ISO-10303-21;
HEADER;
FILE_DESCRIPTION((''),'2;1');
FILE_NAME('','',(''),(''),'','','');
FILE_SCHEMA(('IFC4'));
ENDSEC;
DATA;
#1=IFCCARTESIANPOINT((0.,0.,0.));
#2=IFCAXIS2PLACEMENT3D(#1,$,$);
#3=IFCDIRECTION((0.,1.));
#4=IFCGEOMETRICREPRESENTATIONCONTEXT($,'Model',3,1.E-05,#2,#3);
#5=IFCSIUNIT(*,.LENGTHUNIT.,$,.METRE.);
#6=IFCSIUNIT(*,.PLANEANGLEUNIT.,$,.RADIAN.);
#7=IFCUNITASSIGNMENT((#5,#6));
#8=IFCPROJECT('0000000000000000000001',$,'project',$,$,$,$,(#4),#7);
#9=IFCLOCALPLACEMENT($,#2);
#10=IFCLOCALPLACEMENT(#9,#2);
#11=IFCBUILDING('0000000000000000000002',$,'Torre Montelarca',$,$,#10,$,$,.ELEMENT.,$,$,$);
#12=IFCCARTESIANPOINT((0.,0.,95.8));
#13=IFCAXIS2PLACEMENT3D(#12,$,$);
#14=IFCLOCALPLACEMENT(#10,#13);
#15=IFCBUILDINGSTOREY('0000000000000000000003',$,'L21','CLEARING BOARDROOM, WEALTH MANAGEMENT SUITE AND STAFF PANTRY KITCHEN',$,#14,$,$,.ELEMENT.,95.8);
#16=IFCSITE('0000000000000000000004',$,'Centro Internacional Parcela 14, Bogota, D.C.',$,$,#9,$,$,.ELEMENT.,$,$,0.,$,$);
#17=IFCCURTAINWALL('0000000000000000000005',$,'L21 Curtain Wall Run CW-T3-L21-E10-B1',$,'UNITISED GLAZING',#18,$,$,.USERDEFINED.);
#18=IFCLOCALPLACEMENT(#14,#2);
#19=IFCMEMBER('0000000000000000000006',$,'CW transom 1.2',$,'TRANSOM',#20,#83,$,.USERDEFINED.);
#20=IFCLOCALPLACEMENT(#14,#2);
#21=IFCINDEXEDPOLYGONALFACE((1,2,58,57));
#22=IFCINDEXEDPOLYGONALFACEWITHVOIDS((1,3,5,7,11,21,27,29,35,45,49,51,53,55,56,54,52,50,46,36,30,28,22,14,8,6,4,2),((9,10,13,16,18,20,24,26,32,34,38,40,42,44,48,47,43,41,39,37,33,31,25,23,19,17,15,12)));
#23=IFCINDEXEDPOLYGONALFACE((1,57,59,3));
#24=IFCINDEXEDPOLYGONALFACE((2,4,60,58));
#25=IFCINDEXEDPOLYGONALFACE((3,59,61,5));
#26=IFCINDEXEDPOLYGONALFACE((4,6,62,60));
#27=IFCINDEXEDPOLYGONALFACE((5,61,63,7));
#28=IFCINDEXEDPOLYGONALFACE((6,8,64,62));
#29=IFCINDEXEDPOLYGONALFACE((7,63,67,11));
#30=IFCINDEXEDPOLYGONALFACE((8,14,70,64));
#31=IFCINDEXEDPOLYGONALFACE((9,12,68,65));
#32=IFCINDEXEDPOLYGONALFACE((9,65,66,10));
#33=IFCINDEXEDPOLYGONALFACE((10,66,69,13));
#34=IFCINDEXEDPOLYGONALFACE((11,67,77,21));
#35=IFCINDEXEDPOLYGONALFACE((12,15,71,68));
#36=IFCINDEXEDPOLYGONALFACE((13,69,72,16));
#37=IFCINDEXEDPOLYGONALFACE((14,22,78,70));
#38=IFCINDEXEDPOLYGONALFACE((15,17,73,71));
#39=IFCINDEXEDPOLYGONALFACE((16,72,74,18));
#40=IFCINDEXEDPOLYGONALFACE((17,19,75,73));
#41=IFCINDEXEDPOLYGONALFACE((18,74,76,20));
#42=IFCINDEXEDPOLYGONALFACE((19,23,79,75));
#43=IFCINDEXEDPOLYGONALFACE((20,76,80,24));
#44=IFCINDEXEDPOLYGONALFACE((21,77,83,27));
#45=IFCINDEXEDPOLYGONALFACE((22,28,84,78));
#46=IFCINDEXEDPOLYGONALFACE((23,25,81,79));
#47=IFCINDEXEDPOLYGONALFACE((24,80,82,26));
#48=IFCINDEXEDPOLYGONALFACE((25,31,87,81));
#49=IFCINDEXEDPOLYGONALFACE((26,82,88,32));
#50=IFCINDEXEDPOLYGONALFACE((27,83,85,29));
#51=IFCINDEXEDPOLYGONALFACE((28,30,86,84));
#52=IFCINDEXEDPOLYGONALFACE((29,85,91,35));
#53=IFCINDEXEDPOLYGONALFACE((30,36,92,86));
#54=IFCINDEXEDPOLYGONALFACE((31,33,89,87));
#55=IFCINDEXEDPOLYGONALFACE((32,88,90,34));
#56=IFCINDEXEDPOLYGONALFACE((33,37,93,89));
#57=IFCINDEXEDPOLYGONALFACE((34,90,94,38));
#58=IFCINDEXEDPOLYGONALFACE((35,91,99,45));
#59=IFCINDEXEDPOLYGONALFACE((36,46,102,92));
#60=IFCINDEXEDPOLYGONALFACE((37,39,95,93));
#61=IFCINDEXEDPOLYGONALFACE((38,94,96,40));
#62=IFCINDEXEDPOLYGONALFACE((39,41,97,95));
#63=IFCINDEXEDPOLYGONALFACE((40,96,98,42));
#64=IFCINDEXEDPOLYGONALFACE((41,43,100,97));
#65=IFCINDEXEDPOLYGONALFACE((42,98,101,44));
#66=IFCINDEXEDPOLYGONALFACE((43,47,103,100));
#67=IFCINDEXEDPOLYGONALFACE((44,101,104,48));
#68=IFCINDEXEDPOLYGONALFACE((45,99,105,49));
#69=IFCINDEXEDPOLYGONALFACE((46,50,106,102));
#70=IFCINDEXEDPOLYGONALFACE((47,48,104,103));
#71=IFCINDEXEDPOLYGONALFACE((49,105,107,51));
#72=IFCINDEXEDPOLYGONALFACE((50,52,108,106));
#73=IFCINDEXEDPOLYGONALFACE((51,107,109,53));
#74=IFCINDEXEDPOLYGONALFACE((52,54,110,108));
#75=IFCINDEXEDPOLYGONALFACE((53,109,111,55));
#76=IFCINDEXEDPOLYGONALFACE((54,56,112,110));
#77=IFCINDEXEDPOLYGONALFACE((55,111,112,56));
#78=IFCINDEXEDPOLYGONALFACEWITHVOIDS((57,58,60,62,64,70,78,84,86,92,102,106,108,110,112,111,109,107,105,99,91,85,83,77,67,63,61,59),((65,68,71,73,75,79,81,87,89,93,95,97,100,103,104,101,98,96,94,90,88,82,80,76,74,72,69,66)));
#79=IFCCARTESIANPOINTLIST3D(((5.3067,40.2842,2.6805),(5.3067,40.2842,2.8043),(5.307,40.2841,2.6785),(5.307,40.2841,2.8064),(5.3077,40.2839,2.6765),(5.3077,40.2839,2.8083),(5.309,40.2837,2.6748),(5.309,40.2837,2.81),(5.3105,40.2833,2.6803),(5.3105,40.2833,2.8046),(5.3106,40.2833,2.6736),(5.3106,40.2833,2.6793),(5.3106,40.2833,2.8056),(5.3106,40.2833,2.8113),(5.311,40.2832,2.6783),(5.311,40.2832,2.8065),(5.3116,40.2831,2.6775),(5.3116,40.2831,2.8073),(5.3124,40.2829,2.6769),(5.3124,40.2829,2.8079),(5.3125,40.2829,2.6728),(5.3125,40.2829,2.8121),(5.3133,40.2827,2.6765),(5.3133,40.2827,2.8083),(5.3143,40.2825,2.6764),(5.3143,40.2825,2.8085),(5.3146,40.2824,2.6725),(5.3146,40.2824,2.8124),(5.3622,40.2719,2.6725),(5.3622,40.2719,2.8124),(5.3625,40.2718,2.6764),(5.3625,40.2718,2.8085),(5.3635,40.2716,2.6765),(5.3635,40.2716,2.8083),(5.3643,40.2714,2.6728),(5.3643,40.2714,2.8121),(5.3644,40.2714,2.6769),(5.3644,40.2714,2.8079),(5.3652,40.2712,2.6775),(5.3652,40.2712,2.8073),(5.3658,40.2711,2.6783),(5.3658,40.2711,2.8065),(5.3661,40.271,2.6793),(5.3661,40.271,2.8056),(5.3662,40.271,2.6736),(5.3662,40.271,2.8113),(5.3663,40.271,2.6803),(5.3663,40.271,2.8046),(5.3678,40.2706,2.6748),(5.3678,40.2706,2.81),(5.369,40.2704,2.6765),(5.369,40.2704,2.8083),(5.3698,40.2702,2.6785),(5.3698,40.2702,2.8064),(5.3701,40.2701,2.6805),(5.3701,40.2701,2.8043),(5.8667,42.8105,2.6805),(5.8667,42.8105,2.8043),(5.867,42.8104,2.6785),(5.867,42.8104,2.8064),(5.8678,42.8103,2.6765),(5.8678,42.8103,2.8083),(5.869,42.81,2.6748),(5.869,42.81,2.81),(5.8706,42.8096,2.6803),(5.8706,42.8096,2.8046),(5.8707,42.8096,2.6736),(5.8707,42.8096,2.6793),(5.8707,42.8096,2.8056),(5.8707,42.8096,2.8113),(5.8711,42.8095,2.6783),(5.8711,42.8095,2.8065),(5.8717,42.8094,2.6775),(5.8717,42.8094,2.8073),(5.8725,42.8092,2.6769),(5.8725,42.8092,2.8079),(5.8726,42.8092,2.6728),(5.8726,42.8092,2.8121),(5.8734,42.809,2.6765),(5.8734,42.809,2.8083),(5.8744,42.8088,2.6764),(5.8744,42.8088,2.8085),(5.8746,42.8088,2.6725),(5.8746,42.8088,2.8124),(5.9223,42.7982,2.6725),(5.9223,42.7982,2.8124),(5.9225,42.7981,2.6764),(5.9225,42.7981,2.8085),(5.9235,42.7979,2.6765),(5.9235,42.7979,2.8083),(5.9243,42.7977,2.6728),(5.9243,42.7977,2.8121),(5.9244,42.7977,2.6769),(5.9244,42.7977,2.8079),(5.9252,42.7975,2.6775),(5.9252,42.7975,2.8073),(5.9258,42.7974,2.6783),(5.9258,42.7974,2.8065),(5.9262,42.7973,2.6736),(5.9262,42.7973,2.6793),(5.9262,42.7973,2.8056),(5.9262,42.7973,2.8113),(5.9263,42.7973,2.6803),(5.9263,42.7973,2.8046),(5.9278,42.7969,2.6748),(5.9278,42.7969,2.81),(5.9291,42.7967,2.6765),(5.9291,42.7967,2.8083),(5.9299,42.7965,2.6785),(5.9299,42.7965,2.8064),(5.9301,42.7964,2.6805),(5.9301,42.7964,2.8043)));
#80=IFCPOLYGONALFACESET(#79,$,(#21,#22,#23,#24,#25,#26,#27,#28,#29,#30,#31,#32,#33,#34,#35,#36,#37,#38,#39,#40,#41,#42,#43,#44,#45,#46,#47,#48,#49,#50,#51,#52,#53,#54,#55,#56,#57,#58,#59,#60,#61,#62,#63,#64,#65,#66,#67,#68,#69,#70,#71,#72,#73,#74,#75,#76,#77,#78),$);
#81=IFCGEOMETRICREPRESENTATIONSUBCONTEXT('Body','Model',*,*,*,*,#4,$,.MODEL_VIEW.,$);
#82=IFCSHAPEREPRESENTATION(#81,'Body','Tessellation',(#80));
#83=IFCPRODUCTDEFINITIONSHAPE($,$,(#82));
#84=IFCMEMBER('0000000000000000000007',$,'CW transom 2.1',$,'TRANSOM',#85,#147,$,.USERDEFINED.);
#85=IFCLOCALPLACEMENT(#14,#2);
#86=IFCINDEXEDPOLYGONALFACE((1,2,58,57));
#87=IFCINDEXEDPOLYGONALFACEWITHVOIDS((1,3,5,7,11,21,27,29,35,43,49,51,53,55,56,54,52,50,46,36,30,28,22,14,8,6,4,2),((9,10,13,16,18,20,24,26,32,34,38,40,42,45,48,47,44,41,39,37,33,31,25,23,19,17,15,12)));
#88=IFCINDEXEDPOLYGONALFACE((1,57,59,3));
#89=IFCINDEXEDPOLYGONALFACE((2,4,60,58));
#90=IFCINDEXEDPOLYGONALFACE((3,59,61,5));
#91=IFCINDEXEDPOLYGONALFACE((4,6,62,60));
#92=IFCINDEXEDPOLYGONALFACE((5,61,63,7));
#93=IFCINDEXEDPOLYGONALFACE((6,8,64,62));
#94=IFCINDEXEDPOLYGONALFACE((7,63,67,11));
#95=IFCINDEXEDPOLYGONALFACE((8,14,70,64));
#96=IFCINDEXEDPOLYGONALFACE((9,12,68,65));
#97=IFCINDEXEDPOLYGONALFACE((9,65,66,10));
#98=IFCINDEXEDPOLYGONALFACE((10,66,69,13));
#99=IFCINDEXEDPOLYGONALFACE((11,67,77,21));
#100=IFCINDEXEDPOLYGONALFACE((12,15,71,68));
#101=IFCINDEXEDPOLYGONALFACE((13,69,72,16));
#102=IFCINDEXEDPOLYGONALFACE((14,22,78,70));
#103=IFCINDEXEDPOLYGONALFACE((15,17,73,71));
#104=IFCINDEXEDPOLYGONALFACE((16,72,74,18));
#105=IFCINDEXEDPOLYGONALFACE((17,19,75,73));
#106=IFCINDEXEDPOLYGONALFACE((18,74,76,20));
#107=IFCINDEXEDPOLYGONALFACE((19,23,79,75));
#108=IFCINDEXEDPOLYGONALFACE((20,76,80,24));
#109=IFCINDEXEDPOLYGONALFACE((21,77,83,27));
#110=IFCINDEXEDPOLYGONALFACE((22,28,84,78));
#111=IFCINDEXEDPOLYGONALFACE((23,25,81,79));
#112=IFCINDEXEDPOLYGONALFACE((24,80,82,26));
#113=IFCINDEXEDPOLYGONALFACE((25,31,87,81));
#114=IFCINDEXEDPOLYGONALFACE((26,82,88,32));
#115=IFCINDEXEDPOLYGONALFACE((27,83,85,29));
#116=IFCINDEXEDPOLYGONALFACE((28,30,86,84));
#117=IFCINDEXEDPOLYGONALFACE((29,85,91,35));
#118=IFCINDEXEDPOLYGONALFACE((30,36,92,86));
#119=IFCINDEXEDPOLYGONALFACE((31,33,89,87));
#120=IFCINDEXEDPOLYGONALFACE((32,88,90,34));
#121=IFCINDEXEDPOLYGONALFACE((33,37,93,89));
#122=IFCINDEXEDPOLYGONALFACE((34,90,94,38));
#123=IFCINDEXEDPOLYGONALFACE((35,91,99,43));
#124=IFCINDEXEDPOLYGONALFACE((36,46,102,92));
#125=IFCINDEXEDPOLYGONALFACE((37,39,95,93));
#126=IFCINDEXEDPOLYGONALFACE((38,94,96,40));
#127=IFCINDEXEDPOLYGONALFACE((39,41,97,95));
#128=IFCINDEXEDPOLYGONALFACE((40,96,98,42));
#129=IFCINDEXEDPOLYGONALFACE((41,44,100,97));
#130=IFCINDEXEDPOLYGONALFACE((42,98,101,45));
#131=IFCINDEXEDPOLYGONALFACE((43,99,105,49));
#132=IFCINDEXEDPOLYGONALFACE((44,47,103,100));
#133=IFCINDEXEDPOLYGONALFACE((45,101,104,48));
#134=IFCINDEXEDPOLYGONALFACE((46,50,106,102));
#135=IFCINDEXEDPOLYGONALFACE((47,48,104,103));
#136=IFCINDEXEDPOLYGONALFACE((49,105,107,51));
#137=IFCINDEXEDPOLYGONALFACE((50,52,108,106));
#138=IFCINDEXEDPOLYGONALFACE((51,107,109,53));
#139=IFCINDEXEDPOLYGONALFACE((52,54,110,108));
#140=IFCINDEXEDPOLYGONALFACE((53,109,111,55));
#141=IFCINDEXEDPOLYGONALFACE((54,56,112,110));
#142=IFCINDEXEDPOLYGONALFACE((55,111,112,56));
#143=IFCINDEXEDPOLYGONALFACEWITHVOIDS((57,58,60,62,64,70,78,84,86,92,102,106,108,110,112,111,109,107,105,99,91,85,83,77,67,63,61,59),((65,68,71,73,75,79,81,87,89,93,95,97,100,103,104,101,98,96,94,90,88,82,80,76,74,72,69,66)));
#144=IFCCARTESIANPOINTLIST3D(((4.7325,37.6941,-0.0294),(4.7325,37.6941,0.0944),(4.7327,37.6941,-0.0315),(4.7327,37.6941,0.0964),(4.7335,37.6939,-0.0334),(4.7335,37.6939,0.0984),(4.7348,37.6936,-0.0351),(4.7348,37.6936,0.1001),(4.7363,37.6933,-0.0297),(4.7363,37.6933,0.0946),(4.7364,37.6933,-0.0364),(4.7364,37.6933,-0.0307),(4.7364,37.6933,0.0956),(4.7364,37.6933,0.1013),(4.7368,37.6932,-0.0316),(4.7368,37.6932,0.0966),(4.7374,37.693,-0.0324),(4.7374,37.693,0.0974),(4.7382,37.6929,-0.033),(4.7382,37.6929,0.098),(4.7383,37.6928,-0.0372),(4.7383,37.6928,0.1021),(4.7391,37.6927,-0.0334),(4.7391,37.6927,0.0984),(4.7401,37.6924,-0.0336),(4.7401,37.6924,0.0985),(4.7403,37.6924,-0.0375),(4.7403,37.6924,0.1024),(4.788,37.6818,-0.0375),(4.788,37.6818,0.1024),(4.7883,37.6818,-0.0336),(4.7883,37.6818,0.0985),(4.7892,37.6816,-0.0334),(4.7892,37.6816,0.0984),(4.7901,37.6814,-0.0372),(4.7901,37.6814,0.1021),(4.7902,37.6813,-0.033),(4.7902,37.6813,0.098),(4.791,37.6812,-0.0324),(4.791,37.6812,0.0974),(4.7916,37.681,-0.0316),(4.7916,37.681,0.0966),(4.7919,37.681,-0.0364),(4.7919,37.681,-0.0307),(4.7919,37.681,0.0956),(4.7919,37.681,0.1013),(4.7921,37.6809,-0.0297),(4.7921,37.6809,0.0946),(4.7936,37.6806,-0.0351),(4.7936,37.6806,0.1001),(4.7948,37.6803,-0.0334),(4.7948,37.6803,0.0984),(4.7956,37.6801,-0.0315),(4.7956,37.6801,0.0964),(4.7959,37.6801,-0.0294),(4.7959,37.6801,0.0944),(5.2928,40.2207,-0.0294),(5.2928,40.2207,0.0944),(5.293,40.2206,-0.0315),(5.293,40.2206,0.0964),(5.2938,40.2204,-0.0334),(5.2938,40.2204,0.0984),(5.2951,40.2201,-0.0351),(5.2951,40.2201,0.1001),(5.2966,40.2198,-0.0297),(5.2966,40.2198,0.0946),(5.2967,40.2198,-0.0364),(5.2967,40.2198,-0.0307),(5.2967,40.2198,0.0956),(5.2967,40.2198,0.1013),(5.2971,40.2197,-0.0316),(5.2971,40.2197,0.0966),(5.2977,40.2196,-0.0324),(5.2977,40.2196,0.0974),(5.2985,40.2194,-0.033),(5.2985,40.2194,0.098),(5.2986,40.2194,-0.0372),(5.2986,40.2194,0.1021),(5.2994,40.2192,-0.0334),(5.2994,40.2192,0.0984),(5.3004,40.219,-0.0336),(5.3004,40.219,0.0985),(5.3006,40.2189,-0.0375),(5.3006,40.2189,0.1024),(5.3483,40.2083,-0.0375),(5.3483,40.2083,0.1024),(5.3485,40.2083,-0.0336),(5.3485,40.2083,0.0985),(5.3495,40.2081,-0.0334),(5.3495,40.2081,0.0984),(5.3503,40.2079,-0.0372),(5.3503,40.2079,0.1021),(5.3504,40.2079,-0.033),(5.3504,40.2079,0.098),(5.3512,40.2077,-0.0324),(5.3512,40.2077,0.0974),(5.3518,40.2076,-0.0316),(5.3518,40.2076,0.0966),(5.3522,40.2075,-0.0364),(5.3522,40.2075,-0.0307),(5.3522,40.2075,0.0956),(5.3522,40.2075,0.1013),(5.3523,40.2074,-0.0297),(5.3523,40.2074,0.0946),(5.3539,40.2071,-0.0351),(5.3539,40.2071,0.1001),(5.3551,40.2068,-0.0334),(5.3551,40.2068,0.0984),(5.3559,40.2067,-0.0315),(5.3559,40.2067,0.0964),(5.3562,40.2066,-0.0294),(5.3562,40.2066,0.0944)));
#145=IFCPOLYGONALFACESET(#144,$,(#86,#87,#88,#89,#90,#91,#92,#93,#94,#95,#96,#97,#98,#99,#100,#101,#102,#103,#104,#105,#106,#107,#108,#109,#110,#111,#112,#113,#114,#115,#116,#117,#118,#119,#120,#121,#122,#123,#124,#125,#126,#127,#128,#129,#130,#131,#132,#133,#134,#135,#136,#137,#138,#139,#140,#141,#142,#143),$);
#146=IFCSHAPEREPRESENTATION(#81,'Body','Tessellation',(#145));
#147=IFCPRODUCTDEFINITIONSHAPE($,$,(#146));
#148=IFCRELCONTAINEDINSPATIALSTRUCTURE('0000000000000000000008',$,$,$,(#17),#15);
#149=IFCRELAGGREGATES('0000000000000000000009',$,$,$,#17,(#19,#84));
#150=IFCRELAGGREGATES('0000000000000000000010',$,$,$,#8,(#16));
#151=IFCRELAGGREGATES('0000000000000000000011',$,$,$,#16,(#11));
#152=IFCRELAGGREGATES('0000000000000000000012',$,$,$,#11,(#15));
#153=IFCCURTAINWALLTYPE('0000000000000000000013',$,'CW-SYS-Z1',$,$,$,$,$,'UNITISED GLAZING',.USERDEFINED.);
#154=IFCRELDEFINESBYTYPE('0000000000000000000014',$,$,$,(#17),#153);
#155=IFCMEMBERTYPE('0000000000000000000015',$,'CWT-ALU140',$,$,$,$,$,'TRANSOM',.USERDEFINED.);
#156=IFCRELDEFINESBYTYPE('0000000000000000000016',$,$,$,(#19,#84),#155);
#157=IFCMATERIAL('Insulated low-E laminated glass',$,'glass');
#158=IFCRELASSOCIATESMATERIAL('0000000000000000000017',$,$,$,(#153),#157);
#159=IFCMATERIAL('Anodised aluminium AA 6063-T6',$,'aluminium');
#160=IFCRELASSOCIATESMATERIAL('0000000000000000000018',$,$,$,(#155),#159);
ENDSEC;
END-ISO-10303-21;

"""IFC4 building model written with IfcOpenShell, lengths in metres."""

from ifc_helpers import new_model, si_unit, direction, frame, origin, origin_2d, place, context, subcontext, project, spatial, hollow_rectangle, extrude, source, transform, mapped, material, material_profile, profile_set, type_object, element, aggregate, save


model = new_model("IFC4")

# Units and contexts
model_context = context("Model", 3, precision=1e-05, world=origin(), true_north=direction((0.0, 1.0)))
body_context = subcontext(model_context, "Body", "Model", "MODEL_VIEW")
ifc_project = project(units=[si_unit("LENGTHUNIT", "METRE"), si_unit("PLANEANGLEUNIT", "RADIAN")], contexts=[model_context])

# Site, building, storey
site_placement = place(None, origin())
site = spatial("IfcSite", under=ifc_project, at=site_placement, Name="Centro Internacional Parcela 14, Bogota, D.C.", CompositionType="ELEMENT", RefElevation=0.0)
building_placement = place(site_placement, origin())
building = spatial("IfcBuilding", under=site, at=building_placement, Name="Torre Montelarca", CompositionType="ELEMENT")
storey_placement = place(building_placement, frame((0.0, 0.0, 95.8)))
storey = spatial("IfcBuildingStorey", under=building, at=storey_placement, Name="L21", Description="CLEARING BOARDROOM, WEALTH MANAGEMENT SUITE AND STAFF PANTRY KITCHEN", CompositionType="ELEMENT", Elevation=95.8)

# Curtain wall, members
ifc_material_1 = material(Name="Insulated low-E laminated glass", Category="glass")
curtain_wall_type = type_object("IfcCurtainWallType", Name="CW-SYS-Z1", ElementType="UNITISED GLAZING", PredefinedType="USERDEFINED", material=ifc_material_1)
curtain_wall_1_placement = place(storey_placement, origin())
curtain_wall_1 = element("IfcCurtainWall", 1, at=curtain_wall_1_placement, inside=storey, type_object=curtain_wall_type, Name="L21 Curtain Wall Run CW-T3-L21-E10-B1", ObjectType="UNITISED GLAZING", PredefinedType="USERDEFINED")
ifc_material_2 = material(Name="Anodised aluminium AA 6063-T6", Category="aluminium")
ifc_material_profile_1 = material_profile(ifc_material_2, hollow_rectangle(XDim=0.0649, YDim=0.1399, WallThickness=0.0039, InnerFilletRadius=0.0039, OuterFilletRadius=0.0081, at=origin_2d()), Name="ALU65X140X4", Category="aluminium")
ifc_profile_set_1 = profile_set([ifc_material_profile_1], Name="Anodised aluminium AA 6063-T6")
member_type_1 = type_object("IfcMemberType", Name="CWT-ALU140", ElementType="TRANSOM", PredefinedType="USERDEFINED", material=ifc_profile_set_1)
shared_shape_1 = source(origin(), body_context, "Body", "SweptSolid", [
    extrude(hollow_rectangle(XDim=0.0649, YDim=0.1399, WallThickness=0.0039, InnerFilletRadius=0.0039, OuterFilletRadius=0.0081, at=origin_2d()), origin(), (0.0, 0.0, 1.0), 2.5876),
])
member_1_placement = place(storey_placement, frame((5.8984, 42.8035, 2.7424), z_axis=(-0.216431, -0.976298, 0.0), x_axis=(0.976298, -0.216431, 0.0)))
member_1 = element("IfcMember", 2, at=member_1_placement, type_object=member_type_1, Name="CW transom 1.2", ObjectType="TRANSOM", PredefinedType="USERDEFINED", context=body_context, shape_type="MappedRepresentation", body=[
    mapped(shared_shape_1, transform((0.0, 0.0, 0.0), scale=1.0)),
])
shared_shape_2 = source(origin(), body_context, "Body", "SweptSolid", [
    extrude(hollow_rectangle(XDim=0.0649, YDim=0.1399, WallThickness=0.0039, InnerFilletRadius=0.0039, OuterFilletRadius=0.0081, at=origin_2d()), origin(), (0.0, 0.0, 1.0), 2.5879),
])
member_2_placement = place(storey_placement, frame((5.3245, 40.2136, 0.0325), z_axis=(-0.216501, -0.976282, 0.0), x_axis=(0.976282, -0.216501, 0.0)))
member_2 = element("IfcMember", 3, at=member_2_placement, type_object=member_type_1, Name="CW transom 2.1", ObjectType="TRANSOM", PredefinedType="USERDEFINED", context=body_context, shape_type="MappedRepresentation", body=[
    mapped(shared_shape_2, transform((0.0, 0.0, 0.0), scale=1.0)),
])

aggregate(curtain_wall_1, [member_1, member_2])

save(model, "model.ifc")
